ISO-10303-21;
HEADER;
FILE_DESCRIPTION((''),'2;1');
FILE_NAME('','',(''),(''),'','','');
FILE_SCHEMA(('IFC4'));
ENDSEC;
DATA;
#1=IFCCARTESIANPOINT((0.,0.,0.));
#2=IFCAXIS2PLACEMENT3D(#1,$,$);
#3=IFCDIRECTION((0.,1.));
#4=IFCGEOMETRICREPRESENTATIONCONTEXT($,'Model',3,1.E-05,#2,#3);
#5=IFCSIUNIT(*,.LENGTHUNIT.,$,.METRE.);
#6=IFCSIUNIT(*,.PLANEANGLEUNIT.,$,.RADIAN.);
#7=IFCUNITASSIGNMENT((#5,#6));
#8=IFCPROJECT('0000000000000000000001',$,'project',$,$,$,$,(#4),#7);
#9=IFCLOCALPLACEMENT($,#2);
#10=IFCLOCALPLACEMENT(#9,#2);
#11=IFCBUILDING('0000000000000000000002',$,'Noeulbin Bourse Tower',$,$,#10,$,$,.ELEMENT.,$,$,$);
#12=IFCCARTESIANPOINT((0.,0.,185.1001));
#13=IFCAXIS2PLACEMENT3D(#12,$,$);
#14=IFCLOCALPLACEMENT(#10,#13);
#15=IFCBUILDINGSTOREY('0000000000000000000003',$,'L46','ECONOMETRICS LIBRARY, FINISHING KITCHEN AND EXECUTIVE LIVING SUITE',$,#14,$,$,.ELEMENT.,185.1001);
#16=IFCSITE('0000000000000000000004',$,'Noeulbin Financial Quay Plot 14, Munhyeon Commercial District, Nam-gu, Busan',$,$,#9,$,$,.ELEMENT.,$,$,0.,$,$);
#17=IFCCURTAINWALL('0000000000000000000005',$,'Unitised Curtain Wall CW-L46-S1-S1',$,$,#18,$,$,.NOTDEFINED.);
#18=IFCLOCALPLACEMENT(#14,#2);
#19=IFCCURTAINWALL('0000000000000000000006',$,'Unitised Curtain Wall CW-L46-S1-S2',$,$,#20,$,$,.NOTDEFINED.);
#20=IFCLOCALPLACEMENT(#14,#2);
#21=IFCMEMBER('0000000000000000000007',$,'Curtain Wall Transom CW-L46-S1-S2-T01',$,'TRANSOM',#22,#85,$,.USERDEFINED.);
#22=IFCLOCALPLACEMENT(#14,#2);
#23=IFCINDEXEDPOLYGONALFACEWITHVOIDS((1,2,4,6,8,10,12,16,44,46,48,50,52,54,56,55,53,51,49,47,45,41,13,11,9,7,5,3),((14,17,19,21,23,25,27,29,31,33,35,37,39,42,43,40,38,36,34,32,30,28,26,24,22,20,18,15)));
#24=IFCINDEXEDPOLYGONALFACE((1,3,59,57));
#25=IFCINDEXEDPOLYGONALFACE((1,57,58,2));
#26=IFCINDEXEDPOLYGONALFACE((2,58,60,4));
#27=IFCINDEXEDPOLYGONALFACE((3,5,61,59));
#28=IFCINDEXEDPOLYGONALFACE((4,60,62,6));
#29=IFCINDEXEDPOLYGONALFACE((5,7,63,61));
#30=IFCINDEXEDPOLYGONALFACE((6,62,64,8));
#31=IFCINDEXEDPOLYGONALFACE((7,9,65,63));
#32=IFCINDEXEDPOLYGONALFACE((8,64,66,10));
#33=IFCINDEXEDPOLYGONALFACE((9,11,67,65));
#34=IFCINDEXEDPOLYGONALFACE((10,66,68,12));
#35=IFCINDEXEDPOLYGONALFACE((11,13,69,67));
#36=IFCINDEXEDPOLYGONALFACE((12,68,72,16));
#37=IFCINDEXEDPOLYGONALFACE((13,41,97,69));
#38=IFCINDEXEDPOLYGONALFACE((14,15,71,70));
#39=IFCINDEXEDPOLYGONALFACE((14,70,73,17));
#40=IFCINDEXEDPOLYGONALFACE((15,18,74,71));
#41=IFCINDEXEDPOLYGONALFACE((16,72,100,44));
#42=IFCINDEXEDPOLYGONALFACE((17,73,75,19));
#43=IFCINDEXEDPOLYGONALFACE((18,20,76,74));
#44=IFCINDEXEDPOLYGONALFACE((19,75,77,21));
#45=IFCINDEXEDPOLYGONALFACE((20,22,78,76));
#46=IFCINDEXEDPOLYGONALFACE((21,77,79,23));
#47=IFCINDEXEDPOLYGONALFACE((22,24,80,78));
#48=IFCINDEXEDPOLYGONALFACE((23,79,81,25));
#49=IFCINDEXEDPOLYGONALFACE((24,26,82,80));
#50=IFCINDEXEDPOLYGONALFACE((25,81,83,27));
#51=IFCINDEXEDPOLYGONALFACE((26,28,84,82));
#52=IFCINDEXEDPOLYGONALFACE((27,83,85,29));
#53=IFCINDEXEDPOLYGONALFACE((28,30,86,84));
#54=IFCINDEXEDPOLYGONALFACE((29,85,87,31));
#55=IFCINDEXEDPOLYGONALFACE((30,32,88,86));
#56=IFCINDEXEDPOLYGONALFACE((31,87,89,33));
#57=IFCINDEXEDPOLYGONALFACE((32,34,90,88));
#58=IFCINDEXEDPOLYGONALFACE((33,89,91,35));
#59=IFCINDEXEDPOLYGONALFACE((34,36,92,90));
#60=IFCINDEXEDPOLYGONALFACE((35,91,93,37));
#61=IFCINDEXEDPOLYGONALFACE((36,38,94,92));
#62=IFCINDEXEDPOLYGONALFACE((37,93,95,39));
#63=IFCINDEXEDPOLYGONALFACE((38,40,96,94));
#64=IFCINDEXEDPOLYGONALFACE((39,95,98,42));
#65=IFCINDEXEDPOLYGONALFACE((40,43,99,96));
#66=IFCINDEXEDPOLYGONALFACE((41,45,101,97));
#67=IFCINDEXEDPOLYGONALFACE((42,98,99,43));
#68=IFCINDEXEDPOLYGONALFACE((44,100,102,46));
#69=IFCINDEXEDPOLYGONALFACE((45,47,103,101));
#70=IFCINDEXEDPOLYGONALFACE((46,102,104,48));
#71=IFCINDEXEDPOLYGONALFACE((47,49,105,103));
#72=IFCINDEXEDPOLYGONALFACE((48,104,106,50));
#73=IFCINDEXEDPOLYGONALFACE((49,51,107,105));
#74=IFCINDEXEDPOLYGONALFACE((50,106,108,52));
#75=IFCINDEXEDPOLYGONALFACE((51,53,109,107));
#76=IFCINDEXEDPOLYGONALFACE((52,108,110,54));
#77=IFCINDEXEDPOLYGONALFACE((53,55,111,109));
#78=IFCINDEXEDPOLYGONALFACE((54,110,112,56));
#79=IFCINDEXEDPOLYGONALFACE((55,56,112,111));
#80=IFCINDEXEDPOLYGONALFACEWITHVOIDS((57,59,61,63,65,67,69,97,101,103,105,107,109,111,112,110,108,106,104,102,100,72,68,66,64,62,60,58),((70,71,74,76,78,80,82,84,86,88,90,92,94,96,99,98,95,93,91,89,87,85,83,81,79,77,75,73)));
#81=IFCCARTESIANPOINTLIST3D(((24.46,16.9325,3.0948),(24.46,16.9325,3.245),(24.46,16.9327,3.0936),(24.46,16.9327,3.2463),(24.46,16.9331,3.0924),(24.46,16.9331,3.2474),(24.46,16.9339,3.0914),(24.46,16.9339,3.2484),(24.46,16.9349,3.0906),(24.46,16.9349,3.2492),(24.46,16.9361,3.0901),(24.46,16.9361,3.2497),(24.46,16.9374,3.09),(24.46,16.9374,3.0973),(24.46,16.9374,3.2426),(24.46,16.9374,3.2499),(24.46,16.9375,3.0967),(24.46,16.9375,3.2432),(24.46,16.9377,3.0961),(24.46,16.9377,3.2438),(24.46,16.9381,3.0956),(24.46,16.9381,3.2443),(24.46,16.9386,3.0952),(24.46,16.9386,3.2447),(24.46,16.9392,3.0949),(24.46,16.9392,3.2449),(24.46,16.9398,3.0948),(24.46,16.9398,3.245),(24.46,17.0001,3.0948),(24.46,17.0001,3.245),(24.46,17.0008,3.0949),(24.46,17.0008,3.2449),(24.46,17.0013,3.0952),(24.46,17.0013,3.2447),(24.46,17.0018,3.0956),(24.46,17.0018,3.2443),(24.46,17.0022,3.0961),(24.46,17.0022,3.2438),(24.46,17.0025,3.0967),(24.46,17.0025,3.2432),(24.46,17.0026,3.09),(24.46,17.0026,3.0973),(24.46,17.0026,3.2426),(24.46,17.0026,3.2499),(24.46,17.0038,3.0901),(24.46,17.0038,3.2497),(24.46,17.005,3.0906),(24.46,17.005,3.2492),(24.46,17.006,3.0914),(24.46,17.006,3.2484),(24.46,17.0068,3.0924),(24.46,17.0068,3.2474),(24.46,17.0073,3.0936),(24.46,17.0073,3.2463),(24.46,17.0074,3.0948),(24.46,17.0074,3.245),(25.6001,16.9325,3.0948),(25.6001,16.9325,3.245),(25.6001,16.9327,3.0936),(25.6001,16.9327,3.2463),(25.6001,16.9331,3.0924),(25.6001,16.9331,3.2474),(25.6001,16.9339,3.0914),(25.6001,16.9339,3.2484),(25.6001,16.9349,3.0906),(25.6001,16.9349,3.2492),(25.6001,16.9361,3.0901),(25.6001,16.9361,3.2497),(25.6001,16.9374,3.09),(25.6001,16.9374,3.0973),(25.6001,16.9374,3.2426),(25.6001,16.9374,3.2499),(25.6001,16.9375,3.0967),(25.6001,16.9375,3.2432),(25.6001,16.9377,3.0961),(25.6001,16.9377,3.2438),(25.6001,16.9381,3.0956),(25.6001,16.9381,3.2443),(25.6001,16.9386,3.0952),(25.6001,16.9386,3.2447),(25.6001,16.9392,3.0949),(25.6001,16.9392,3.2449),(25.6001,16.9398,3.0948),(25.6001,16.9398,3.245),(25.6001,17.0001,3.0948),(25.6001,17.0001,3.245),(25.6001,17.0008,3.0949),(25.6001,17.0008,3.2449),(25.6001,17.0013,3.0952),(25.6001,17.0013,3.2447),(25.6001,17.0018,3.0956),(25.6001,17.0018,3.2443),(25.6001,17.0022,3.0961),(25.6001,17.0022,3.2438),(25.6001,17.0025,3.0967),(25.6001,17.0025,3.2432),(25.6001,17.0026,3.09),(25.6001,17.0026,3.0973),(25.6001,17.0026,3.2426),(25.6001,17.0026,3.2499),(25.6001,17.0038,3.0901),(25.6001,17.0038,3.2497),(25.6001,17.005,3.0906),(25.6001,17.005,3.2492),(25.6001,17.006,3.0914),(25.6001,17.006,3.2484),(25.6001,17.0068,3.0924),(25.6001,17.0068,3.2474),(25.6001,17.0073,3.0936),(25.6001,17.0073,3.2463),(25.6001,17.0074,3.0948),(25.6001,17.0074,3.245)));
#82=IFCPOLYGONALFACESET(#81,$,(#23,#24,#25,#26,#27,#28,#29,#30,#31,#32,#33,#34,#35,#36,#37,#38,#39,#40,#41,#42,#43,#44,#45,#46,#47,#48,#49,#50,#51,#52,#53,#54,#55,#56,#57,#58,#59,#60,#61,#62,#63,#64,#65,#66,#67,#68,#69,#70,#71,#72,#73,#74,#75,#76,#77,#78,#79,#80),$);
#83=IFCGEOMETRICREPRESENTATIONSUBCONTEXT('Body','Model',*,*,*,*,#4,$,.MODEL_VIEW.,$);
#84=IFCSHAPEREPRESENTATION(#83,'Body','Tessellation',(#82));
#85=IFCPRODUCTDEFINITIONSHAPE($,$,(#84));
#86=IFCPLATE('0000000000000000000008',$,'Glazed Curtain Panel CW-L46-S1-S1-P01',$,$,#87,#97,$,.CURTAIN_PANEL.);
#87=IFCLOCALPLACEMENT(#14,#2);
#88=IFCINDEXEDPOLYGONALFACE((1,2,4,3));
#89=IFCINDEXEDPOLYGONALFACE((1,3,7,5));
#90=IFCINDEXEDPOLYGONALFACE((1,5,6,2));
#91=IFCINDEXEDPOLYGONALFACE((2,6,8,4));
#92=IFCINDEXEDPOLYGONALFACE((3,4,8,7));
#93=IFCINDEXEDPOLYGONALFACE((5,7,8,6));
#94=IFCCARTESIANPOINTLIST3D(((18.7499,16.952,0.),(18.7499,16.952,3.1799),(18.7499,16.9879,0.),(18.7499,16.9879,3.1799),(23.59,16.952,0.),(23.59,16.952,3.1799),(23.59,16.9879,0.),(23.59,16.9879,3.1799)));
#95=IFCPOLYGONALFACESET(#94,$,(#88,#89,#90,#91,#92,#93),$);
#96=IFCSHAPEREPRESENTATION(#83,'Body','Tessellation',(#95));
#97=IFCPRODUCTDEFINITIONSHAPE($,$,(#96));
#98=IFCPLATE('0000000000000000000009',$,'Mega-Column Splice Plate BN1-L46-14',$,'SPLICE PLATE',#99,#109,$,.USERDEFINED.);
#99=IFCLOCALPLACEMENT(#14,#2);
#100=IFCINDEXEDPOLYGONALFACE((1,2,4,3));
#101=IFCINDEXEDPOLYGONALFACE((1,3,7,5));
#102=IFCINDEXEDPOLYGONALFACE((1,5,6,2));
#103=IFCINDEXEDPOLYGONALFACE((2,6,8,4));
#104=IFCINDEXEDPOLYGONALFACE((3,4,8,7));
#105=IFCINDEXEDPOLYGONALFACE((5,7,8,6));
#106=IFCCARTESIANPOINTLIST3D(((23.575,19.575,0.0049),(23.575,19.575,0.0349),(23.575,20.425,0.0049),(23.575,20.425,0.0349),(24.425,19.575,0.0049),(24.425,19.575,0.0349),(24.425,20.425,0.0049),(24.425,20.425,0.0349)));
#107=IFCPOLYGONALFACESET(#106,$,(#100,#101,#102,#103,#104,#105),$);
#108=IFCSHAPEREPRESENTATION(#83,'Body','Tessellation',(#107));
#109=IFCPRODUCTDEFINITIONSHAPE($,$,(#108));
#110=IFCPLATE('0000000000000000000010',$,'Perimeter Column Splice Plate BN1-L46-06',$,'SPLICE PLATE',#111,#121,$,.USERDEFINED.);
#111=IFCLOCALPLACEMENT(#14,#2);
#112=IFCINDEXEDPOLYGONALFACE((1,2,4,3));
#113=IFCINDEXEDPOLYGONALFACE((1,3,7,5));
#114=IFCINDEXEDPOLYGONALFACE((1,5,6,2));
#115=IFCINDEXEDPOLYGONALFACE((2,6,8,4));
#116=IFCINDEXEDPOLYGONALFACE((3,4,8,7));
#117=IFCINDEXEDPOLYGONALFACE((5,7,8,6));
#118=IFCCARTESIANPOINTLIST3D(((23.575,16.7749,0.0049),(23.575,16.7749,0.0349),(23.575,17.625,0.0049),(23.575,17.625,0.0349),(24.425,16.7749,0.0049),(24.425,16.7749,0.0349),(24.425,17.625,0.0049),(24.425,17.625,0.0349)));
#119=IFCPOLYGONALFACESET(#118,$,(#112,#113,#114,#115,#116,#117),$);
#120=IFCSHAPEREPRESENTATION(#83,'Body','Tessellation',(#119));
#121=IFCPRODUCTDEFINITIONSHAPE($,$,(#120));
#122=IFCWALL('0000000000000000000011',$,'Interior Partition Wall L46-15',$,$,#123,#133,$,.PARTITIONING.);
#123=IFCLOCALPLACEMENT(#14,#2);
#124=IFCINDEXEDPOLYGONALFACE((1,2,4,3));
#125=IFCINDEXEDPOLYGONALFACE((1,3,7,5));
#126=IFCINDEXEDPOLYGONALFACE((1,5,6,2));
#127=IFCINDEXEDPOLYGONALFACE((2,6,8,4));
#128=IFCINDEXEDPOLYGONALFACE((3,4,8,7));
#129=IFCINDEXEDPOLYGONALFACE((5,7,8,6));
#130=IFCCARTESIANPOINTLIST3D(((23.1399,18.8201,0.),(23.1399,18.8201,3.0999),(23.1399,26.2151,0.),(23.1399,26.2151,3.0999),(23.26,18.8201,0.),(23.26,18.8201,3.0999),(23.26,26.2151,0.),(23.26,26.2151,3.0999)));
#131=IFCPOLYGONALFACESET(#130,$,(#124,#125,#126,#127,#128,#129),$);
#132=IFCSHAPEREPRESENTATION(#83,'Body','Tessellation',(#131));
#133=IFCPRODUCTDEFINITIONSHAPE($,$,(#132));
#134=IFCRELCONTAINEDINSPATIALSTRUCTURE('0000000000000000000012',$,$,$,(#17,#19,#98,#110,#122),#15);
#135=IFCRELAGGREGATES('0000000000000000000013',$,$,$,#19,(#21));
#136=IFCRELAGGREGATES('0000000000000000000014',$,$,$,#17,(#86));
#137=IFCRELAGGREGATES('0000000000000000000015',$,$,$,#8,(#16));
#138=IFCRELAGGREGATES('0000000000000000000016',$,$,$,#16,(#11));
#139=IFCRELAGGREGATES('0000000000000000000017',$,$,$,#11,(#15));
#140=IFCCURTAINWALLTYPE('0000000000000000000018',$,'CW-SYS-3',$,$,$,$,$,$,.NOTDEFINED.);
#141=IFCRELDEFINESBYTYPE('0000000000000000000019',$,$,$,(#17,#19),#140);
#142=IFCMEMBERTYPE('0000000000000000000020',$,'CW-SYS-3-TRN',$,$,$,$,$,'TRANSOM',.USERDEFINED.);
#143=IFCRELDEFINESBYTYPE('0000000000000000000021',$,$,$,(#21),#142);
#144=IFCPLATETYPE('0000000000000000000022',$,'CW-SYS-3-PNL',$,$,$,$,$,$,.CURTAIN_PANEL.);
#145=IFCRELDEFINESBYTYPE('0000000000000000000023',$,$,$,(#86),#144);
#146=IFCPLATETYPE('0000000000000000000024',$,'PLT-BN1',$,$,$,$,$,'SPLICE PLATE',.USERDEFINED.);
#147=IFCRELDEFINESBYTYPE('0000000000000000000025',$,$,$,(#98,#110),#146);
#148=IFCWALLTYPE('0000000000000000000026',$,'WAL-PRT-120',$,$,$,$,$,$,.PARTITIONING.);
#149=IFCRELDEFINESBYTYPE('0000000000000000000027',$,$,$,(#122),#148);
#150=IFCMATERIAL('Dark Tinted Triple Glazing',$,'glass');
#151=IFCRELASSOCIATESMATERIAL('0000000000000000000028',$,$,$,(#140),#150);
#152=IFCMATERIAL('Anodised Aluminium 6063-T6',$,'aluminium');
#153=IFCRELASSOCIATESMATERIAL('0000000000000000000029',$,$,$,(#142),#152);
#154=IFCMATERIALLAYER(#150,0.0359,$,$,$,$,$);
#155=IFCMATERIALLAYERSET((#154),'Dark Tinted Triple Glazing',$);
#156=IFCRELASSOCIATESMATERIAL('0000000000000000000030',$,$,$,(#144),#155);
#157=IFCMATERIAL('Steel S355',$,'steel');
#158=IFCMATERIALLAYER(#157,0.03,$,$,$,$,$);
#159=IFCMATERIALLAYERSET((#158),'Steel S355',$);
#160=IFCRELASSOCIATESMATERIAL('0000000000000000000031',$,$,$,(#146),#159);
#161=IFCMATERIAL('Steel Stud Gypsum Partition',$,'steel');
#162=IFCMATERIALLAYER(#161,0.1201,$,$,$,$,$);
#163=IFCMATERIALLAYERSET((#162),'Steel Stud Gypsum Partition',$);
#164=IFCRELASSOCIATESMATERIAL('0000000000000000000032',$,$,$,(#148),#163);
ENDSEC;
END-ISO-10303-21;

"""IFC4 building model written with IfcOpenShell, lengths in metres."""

from ifc_helpers import new_model, si_unit, direction, frame, frame_2d, origin, origin_2d, place, context, subcontext, project, spatial, rectangle, hollow_rectangle, extrude, material, layer, layer_set, material_profile, profile_set, type_object, element, aggregate, save


model = new_model("IFC4")

# Units and contexts
model_context = context("Model", 3, precision=1e-05, world=origin(), true_north=direction((0.0, 1.0)))
body_context = subcontext(model_context, "Body", "Model", "MODEL_VIEW")
ifc_project = project(units=[si_unit("LENGTHUNIT", "METRE"), si_unit("PLANEANGLEUNIT", "RADIAN")], contexts=[model_context])

# Site, building, storey
site_placement = place(None, origin())
site = spatial("IfcSite", under=ifc_project, at=site_placement, Name="Noeulbin Financial Quay Plot 14, Munhyeon Commercial District, Nam-gu, Busan", CompositionType="ELEMENT", RefElevation=0.0)
building_placement = place(site_placement, origin())
building = spatial("IfcBuilding", under=site, at=building_placement, Name="Noeulbin Bourse Tower", CompositionType="ELEMENT")
storey_placement = place(building_placement, frame((0.0, 0.0, 185.1001)))
storey = spatial("IfcBuildingStorey", under=building, at=storey_placement, Name="L46", Description="ECONOMETRICS LIBRARY, FINISHING KITCHEN AND EXECUTIVE LIVING SUITE", CompositionType="ELEMENT", Elevation=185.1001)

# Shared definitions
ifc_material_1 = material(Name="Steel S355", Category="steel")

# Curtain walls, member
ifc_material_2 = material(Name="Dark Tinted Triple Glazing", Category="glass")
curtain_wall_type = type_object("IfcCurtainWallType", Name="CW-SYS-3", PredefinedType="NOTDEFINED", material=ifc_material_2)
curtain_wall_1_placement = place(storey_placement, origin())
curtain_wall_1 = element("IfcCurtainWall", 1, at=curtain_wall_1_placement, inside=storey, type_object=curtain_wall_type, Name="Unitised Curtain Wall CW-L46-S1-S1", PredefinedType="NOTDEFINED")
ifc_material_3 = material(Name="Anodised Aluminium 6063-T6", Category="aluminium")
curtain_wall_2_placement = place(storey_placement, origin())
curtain_wall_2 = element("IfcCurtainWall", 2, at=curtain_wall_2_placement, inside=storey, type_object=curtain_wall_type, Name="Unitised Curtain Wall CW-L46-S1-S2", PredefinedType="NOTDEFINED")
ifc_material_profile_1 = material_profile(ifc_material_3, hollow_rectangle(XDim=0.075, YDim=0.1599, WallThickness=0.0049, InnerFilletRadius=0.0024, OuterFilletRadius=0.0049, at=origin_2d()), Name="ALU-TRAN-75x160x5", Category="LoadBearing")
ifc_profile_set_1 = profile_set([ifc_material_profile_1], Name="Anodised Aluminium 6063-T6")
member_type_1 = type_object("IfcMemberType", Name="CW-SYS-3-TRN", ElementType="TRANSOM", PredefinedType="USERDEFINED", material=ifc_profile_set_1)
member_1_placement = place(storey_placement, frame((24.46, 16.97, 3.1699), z_axis=(1.0, 0.0, 0.0), x_axis=(0.0, 1.0, 0.0)))
member_1 = element("IfcMember", 3, at=member_1_placement, type_object=member_type_1, Name="Curtain Wall Transom CW-L46-S1-S2-T01", ObjectType="TRANSOM", PredefinedType="USERDEFINED", context=body_context, shape_type="SweptSolid", body=[
    extrude(hollow_rectangle(XDim=0.075, YDim=0.1599, WallThickness=0.0049, InnerFilletRadius=0.0024, OuterFilletRadius=0.0049, at=origin_2d()), origin(), (0.0, 0.0, 1.0), 1.1401),
])
aggregate(curtain_wall_2, [member_1])

# Plate
ifc_layer_1 = layer(ifc_material_2, 0.0359)
ifc_layer_set_1 = layer_set([ifc_layer_1], Name="Dark Tinted Triple Glazing")
plate_type_1 = type_object("IfcPlateType", Name="CW-SYS-3-PNL", PredefinedType="CURTAIN_PANEL", material=ifc_layer_set_1)
plate_placement = place(storey_placement, frame((21.1699, 16.97, 0.0), z_axis=(0.0, 0.0, 1.0), x_axis=(1.0, 0.0, 0.0)))
plate = element("IfcPlate", 4, at=plate_placement, type_object=plate_type_1, Name="Glazed Curtain Panel CW-L46-S1-S1-P01", PredefinedType="CURTAIN_PANEL", context=body_context, shape_type="SweptSolid", body=[
    extrude(rectangle(XDim=4.8401, YDim=0.0359, at=origin_2d()), origin(), (0.0, 0.0, 1.0), 3.1799),
])
aggregate(curtain_wall_1, [plate])

# Plates
ifc_layer_2 = layer(ifc_material_1, 0.03)
ifc_layer_set_2 = layer_set([ifc_layer_2], Name="Steel S355")
plate_type_2 = type_object("IfcPlateType", Name="PLT-BN1", ElementType="SPLICE PLATE", PredefinedType="USERDEFINED", material=ifc_layer_set_2)
for number, where, z_axis, x_axis, name in (
    (5, (24.0, 20.0, 0.0049), (0.0, 0.0, 1.0), (1.0, 0.0, 0.0), "Mega-Column Splice Plate BN1-L46-14"),
    (6, (24.0, 17.2, 0.0049), (0.0, 0.0, 1.0), (1.0, 0.0, 0.0), "Perimeter Column Splice Plate BN1-L46-06"),
):
    element("IfcPlate", number, at=place(storey_placement, frame(where, z_axis=z_axis, x_axis=x_axis)), inside=storey, type_object=plate_type_2, Name=name, ObjectType="SPLICE PLATE", PredefinedType="USERDEFINED", context=body_context, shape_type="SweptSolid", body=[
        extrude(rectangle(XDim=0.8501, YDim=0.8501, at=origin_2d()), origin(), (0.0, 0.0, 1.0), 0.03),
    ])

# Wall
ifc_material_4 = material(Name="Steel Stud Gypsum Partition", Category="steel")
ifc_layer_3 = layer(ifc_material_4, 0.1201)
ifc_layer_set_3 = layer_set([ifc_layer_3], Name="Steel Stud Gypsum Partition")
wall_type = type_object("IfcWallType", Name="WAL-PRT-120", PredefinedType="PARTITIONING", material=ifc_layer_set_3)
wall_placement = place(storey_placement, frame((23.2, 18.8201, 0.0), z_axis=(0.0, 0.0, 1.0), x_axis=(0.0, 1.0, 0.0)))
element("IfcWall", 7, at=wall_placement, inside=storey, type_object=wall_type, Name="Interior Partition Wall L46-15", PredefinedType="PARTITIONING", context=body_context, shape_type="SweptSolid", body=[
    extrude(rectangle(XDim=7.395, YDim=0.1201, at=frame_2d((3.6975, 0.0))), origin(), (0.0, 0.0, 1.0), 3.0999),
])

save(model, "model.ifc")
